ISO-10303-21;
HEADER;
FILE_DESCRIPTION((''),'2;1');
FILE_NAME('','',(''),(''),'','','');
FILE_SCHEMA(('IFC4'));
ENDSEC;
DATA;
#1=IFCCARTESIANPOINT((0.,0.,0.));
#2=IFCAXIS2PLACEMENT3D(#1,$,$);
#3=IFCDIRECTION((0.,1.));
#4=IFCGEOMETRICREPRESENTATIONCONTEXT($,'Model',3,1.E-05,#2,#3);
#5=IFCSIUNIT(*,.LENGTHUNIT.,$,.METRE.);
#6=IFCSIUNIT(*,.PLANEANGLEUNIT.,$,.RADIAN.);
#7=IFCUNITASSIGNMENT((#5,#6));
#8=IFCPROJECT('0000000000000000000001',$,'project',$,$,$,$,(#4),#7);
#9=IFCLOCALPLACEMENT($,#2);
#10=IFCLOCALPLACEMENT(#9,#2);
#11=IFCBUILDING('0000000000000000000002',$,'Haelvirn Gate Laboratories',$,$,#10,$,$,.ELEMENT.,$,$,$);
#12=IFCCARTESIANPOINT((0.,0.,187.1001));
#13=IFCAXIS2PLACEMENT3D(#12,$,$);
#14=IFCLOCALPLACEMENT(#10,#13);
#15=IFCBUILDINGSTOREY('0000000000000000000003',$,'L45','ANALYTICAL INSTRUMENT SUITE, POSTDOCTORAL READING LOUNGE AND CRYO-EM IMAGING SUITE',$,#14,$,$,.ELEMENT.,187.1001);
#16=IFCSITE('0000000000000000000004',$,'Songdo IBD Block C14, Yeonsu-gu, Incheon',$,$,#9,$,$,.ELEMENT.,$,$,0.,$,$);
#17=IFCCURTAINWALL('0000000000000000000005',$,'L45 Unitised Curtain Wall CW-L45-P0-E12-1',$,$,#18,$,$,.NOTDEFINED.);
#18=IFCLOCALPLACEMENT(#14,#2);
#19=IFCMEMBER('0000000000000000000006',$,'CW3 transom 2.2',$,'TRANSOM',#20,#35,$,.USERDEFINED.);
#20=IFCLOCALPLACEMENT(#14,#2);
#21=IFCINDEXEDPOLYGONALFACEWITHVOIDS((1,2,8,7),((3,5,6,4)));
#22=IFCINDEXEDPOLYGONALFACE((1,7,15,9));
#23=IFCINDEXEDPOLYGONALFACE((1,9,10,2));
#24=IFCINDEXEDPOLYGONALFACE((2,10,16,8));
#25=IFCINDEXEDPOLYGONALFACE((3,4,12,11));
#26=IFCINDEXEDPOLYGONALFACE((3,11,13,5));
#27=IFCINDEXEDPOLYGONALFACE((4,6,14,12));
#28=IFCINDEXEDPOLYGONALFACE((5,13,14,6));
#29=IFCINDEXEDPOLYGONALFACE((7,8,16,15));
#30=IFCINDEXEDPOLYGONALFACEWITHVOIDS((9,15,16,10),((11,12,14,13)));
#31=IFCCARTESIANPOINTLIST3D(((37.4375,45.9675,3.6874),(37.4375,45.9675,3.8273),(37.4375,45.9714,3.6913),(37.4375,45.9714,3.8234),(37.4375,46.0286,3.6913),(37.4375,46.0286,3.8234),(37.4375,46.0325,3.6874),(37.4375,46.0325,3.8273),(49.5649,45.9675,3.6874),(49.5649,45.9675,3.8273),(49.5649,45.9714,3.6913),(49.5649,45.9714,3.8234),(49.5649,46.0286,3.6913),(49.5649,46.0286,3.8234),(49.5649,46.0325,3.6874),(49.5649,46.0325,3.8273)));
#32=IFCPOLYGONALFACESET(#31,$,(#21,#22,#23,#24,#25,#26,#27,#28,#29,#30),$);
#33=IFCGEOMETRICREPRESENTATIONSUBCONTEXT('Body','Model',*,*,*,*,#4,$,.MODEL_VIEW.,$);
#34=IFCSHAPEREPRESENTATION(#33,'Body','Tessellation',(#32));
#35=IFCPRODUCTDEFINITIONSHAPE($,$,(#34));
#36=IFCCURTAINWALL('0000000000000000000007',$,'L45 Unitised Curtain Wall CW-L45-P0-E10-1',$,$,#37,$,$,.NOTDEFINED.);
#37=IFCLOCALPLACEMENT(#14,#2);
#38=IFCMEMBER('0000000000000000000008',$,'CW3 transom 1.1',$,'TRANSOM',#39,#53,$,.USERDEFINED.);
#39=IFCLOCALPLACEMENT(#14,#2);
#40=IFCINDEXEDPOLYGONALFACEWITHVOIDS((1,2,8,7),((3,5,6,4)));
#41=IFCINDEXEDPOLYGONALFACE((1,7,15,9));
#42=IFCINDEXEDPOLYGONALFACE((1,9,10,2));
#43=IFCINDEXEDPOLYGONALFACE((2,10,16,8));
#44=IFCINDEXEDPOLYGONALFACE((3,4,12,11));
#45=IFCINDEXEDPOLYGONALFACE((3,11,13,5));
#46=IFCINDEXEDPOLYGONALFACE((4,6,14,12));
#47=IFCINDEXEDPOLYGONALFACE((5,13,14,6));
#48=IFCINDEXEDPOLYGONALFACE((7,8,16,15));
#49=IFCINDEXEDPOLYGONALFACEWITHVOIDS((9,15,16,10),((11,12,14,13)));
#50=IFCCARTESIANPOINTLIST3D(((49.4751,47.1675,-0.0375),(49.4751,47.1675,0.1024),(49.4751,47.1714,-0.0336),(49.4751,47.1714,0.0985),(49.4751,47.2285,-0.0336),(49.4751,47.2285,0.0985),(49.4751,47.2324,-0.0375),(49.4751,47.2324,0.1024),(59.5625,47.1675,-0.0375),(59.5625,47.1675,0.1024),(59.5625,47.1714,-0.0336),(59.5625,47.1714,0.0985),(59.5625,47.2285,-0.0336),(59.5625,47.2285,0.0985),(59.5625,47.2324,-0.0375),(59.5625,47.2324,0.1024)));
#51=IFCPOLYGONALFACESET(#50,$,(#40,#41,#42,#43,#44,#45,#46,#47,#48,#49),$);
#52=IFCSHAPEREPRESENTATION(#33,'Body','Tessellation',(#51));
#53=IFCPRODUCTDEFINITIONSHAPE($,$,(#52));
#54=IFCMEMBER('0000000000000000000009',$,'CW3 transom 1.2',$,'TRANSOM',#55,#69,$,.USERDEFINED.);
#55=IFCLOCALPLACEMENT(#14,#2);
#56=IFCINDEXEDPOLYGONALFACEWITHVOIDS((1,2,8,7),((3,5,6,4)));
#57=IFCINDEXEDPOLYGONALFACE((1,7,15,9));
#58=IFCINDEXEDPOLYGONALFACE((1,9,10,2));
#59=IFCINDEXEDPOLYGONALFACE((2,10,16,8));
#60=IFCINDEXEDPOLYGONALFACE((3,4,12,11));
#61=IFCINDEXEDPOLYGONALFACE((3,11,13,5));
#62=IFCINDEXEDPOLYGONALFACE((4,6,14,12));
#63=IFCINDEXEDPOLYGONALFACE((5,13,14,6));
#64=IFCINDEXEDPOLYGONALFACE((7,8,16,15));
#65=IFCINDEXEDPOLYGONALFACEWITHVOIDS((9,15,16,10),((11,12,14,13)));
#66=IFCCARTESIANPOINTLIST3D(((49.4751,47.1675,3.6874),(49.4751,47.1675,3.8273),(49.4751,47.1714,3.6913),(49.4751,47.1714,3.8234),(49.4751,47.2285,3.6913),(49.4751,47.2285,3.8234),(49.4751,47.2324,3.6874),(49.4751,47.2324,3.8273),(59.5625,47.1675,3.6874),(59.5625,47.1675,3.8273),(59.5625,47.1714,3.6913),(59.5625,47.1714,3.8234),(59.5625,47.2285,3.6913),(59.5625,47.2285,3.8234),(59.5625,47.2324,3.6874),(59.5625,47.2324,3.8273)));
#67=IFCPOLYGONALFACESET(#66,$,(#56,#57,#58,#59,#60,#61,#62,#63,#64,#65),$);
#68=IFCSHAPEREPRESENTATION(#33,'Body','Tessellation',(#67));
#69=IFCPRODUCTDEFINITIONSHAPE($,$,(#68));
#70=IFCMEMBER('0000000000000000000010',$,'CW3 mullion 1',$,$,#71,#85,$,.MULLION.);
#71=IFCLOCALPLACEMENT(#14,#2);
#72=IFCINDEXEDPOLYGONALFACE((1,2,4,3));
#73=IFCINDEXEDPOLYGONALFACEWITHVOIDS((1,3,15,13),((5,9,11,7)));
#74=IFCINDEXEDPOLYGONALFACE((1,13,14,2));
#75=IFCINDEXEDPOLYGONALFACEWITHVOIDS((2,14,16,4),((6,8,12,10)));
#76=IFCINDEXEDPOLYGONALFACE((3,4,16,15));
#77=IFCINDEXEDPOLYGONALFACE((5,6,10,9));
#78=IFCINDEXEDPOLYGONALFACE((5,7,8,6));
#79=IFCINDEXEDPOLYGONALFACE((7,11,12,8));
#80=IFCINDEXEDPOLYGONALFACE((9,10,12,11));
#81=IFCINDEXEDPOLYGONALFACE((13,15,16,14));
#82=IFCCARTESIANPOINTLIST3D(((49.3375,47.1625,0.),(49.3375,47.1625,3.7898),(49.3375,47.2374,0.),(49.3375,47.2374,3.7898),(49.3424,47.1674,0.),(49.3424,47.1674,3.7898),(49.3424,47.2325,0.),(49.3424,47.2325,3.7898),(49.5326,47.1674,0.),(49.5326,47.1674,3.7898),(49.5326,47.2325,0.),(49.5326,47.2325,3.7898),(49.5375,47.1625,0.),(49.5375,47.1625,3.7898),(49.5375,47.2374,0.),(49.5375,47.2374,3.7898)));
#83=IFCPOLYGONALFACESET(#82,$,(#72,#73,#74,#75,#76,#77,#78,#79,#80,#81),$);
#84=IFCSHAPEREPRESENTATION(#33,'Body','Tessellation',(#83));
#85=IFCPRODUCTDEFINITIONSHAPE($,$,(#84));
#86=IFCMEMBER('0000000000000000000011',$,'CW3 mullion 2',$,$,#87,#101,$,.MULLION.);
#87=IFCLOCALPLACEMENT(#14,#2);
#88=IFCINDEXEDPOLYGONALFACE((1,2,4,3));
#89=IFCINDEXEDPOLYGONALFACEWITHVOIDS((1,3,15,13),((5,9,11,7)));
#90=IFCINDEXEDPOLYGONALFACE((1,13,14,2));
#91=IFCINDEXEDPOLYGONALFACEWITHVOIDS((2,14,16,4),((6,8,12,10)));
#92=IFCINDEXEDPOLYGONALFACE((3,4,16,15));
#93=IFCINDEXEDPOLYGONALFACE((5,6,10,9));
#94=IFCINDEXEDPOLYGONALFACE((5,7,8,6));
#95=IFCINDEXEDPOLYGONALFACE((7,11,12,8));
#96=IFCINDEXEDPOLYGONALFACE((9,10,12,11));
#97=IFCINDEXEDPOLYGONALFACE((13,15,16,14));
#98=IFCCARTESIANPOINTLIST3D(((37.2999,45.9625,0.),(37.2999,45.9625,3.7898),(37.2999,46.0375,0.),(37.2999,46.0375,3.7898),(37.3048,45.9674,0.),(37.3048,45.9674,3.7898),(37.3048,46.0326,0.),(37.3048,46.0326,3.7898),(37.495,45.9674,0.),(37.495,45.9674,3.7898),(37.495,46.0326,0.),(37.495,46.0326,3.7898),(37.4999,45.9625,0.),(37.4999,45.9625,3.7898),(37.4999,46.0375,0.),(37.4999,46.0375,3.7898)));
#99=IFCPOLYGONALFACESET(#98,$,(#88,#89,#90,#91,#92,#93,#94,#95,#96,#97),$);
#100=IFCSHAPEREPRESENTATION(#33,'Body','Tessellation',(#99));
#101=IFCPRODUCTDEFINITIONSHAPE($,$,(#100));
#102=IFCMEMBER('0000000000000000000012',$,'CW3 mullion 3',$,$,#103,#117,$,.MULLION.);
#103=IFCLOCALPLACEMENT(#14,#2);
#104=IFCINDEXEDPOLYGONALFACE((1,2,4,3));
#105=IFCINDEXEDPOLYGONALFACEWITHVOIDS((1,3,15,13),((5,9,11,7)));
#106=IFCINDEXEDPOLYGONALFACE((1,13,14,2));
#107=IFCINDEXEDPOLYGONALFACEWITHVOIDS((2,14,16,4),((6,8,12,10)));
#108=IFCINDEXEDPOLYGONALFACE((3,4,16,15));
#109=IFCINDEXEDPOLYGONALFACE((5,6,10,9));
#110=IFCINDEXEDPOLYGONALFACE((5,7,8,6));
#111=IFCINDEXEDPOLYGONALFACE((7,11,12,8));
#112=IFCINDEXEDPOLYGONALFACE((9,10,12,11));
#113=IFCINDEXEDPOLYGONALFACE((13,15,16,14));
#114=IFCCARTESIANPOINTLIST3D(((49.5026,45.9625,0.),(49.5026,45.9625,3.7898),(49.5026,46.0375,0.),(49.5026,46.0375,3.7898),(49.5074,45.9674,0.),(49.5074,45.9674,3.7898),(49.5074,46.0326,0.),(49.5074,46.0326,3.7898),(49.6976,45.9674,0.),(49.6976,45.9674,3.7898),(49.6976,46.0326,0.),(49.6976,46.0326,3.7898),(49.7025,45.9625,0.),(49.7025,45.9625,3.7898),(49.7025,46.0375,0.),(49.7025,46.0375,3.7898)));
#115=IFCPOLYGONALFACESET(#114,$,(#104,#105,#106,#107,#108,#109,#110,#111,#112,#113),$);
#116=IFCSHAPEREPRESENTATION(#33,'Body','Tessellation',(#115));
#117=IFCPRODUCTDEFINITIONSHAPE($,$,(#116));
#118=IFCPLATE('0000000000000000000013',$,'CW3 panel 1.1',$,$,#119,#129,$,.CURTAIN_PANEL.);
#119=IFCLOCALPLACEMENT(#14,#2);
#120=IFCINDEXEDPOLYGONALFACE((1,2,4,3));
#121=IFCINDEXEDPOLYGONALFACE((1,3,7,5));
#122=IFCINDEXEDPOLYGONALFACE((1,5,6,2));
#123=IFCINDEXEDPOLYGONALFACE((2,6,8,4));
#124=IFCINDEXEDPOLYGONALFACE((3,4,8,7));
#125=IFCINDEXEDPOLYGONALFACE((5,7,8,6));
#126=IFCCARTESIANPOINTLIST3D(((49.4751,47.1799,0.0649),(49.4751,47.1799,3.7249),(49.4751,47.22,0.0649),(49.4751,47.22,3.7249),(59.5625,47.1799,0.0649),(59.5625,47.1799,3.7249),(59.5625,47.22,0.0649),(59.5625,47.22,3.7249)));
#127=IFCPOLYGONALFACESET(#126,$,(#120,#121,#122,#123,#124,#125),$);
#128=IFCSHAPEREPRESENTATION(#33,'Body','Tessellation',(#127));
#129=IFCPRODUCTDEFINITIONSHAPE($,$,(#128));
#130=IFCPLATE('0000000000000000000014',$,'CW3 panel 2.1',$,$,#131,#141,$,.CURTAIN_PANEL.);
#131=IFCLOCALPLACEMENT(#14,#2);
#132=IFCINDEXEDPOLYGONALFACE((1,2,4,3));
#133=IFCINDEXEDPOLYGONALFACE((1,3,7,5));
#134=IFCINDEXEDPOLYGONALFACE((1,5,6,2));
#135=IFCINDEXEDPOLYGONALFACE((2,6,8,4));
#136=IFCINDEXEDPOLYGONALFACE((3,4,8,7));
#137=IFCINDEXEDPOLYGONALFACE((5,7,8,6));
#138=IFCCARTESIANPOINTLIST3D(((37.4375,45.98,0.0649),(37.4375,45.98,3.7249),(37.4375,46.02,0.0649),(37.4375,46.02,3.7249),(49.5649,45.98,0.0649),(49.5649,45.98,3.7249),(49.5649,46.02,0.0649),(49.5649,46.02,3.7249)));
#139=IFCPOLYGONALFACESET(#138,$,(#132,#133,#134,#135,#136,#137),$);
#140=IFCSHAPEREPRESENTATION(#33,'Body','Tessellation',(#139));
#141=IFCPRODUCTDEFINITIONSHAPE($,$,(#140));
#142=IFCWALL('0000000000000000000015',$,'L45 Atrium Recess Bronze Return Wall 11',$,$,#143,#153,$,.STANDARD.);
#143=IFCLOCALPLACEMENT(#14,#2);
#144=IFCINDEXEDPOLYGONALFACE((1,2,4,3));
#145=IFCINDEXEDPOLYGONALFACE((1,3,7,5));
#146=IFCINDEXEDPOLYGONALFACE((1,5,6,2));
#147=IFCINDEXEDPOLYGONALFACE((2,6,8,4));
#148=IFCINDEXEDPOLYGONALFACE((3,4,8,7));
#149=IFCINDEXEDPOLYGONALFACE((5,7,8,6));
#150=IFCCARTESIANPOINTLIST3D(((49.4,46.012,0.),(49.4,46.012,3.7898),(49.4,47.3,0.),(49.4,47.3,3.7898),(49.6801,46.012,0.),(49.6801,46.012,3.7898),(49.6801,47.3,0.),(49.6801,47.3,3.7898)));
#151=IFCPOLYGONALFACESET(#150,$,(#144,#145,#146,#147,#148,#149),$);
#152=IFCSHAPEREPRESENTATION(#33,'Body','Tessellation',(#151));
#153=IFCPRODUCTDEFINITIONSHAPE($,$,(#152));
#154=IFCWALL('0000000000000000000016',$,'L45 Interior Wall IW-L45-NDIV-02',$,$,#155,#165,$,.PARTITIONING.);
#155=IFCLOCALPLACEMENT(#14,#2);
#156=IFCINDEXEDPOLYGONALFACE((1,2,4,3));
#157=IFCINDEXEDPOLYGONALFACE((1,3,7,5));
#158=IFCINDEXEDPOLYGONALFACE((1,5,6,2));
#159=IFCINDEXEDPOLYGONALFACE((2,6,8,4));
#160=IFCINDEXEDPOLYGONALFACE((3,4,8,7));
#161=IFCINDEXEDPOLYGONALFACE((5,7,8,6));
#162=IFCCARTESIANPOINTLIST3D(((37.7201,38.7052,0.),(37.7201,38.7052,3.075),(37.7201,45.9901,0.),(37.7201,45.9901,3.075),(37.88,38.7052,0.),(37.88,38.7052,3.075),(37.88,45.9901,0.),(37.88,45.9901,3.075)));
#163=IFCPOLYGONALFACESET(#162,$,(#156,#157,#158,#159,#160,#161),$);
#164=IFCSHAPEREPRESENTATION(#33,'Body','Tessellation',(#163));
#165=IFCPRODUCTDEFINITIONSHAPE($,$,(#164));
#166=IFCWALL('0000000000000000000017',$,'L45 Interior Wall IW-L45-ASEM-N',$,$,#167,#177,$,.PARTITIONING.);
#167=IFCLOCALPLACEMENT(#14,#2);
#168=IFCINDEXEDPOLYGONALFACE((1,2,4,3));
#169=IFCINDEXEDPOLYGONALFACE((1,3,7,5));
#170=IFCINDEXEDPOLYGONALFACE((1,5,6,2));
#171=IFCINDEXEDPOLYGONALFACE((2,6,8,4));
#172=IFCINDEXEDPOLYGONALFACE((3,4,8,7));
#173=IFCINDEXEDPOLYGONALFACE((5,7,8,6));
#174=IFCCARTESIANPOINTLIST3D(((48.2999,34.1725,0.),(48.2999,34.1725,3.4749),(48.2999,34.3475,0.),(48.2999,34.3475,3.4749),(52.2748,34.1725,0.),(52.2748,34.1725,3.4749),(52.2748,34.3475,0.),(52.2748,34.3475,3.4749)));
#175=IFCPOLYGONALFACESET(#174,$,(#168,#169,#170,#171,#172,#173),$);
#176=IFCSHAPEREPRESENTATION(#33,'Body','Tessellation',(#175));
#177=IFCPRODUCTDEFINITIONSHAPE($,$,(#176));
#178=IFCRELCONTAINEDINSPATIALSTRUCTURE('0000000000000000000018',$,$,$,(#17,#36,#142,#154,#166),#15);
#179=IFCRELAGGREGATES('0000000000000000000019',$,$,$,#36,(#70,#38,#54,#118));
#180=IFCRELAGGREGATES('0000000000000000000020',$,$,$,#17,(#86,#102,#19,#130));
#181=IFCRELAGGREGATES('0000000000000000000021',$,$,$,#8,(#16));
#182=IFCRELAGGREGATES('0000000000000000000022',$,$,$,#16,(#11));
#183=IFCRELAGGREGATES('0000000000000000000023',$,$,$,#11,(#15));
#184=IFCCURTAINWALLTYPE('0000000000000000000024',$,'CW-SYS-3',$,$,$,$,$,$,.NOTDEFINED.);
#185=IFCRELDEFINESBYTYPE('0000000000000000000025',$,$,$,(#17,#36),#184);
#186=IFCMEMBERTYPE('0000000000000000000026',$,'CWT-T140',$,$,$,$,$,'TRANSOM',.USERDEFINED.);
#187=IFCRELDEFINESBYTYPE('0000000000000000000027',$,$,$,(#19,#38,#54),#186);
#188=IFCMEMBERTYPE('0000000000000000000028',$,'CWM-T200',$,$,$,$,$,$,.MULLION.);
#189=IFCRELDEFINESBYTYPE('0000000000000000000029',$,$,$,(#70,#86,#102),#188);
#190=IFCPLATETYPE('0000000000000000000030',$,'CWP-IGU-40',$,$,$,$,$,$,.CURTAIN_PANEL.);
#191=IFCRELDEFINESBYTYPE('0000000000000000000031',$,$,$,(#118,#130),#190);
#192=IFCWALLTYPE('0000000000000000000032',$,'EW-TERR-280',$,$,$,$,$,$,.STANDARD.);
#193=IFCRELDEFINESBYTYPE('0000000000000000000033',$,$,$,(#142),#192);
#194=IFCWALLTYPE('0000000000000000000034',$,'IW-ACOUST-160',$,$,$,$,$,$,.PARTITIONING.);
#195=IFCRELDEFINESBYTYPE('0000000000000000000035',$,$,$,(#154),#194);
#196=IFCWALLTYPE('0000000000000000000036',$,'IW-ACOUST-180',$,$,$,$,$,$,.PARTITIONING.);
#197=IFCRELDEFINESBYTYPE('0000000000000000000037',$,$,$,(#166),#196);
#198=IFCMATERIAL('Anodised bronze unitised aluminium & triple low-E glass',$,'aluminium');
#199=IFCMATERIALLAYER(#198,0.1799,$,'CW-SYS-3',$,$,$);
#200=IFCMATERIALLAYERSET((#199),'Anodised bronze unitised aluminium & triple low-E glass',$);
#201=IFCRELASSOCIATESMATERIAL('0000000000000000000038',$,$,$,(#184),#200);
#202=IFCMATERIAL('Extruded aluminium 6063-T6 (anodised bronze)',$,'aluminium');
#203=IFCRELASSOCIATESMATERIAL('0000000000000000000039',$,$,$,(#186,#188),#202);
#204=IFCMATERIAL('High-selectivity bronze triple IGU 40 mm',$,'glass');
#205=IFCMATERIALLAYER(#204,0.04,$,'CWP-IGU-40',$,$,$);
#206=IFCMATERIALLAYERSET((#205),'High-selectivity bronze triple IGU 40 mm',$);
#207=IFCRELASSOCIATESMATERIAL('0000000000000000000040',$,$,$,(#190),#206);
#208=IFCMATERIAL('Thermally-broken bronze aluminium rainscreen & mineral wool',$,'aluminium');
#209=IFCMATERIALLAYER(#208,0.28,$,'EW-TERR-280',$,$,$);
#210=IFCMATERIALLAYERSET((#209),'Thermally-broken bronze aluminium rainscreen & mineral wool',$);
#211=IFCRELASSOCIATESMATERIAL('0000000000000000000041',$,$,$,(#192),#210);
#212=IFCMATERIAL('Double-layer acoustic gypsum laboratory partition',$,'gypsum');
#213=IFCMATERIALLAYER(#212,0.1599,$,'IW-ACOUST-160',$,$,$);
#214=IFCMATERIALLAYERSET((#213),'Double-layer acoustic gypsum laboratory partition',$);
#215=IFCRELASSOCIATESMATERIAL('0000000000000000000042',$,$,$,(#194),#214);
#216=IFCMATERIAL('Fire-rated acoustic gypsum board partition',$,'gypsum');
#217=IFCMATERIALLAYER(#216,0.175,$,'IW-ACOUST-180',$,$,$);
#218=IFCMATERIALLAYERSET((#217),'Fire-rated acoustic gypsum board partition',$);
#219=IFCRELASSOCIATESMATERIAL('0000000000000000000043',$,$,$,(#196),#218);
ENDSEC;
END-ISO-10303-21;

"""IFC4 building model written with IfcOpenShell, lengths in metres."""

from ifc_helpers import new_model, si_unit, direction, frame, frame_2d, origin, origin_2d, place, context, subcontext, project, spatial, rectangle, hollow_rectangle, extrude, source, transform, mapped, material, layer, layer_set, material_profile, profile_set, type_object, type_shapes, element, aggregate, save


model = new_model("IFC4")

# Units and contexts
model_context = context("Model", 3, precision=1e-05, world=origin(), true_north=direction((0.0, 1.0)))
body_context = subcontext(model_context, "Body", "Model", "MODEL_VIEW")
ifc_project = project(units=[si_unit("LENGTHUNIT", "METRE"), si_unit("PLANEANGLEUNIT", "RADIAN")], contexts=[model_context])

# Site, building, storey
site_placement = place(None, origin())
site = spatial("IfcSite", under=ifc_project, at=site_placement, Name="Songdo IBD Block C14, Yeonsu-gu, Incheon", CompositionType="ELEMENT", RefElevation=0.0)
building_placement = place(site_placement, origin())
building = spatial("IfcBuilding", under=site, at=building_placement, Name="Haelvirn Gate Laboratories", CompositionType="ELEMENT")
storey_placement = place(building_placement, frame((0.0, 0.0, 187.1001)))
storey = spatial("IfcBuildingStorey", under=building, at=storey_placement, Name="L45", Description="ANALYTICAL INSTRUMENT SUITE, POSTDOCTORAL READING LOUNGE AND CRYO-EM IMAGING SUITE", CompositionType="ELEMENT", Elevation=187.1001)

# Curtain walls, members
ifc_material_1 = material(Name="Anodised bronze unitised aluminium & triple low-E glass", Category="aluminium")
ifc_layer_1 = layer(ifc_material_1, 0.1799, Name="CW-SYS-3")
ifc_layer_set_1 = layer_set([ifc_layer_1], Name="Anodised bronze unitised aluminium & triple low-E glass")
curtain_wall_type = type_object("IfcCurtainWallType", Name="CW-SYS-3", PredefinedType="NOTDEFINED", material=ifc_layer_set_1)
curtain_wall_1_placement = place(storey_placement, origin())
curtain_wall_1 = element("IfcCurtainWall", 1, at=curtain_wall_1_placement, inside=storey, type_object=curtain_wall_type, Name="L45 Unitised Curtain Wall CW-L45-P0-E12-1", PredefinedType="NOTDEFINED")
ifc_material_2 = material(Name="Extruded aluminium 6063-T6 (anodised bronze)", Category="aluminium")
ifc_material_profile_1 = material_profile(ifc_material_2, hollow_rectangle(XDim=0.0649, YDim=0.1399, WallThickness=0.0039, at=origin_2d()), Name="CWT-140x65x4")
ifc_profile_set_1 = profile_set([ifc_material_profile_1], Name="Extruded aluminium 6063-T6 (anodised bronze)")
member_type_1 = type_object("IfcMemberType", Name="CWT-T140", ElementType="TRANSOM", PredefinedType="USERDEFINED", material=ifc_profile_set_1)
shared_shape_1 = source(origin(), body_context, "Body", "SweptSolid", [
    extrude(hollow_rectangle(XDim=0.0649, YDim=0.1399, WallThickness=0.0039, at=origin_2d()), origin(), (0.0, 0.0, 1.0), 12.1274),
])
member_1_placement = place(storey_placement, frame((37.4375, 46.0, 3.7573), z_axis=(1.0, 0.0, 0.0), x_axis=(0.0, 1.0, 0.0)))
member_1 = element("IfcMember", 2, at=member_1_placement, type_object=member_type_1, Name="CW3 transom 2.2", ObjectType="TRANSOM", PredefinedType="USERDEFINED", context=body_context, shape_type="MappedRepresentation", body=[
    mapped(shared_shape_1, transform((0.0, 0.0, 0.0), scale=1.0)),
])
curtain_wall_2_placement = place(storey_placement, origin())
curtain_wall_2 = element("IfcCurtainWall", 3, at=curtain_wall_2_placement, inside=storey, type_object=curtain_wall_type, Name="L45 Unitised Curtain Wall CW-L45-P0-E10-1", PredefinedType="NOTDEFINED")
shared_shape_2 = source(origin(), body_context, "Body", "SweptSolid", [
    extrude(hollow_rectangle(XDim=0.0649, YDim=0.1399, WallThickness=0.0039, at=origin_2d()), origin(), (0.0, 0.0, 1.0), 10.0874),
])
type_shapes(member_type_1, [shared_shape_1, shared_shape_2])
member_2_placement = place(storey_placement, frame((49.4751, 47.2, 0.0325), z_axis=(1.0, 0.0, 0.0), x_axis=(0.0, 1.0, 0.0)))
member_2 = element("IfcMember", 4, at=member_2_placement, type_object=member_type_1, Name="CW3 transom 1.1", ObjectType="TRANSOM", PredefinedType="USERDEFINED", context=body_context, shape_type="MappedRepresentation", body=[
    mapped(shared_shape_2, transform((0.0, 0.0, 0.0), scale=1.0)),
])
member_3_placement = place(storey_placement, frame((49.4751, 47.2, 3.7573), z_axis=(1.0, 0.0, 0.0), x_axis=(0.0, 1.0, 0.0)))
member_3 = element("IfcMember", 5, at=member_3_placement, type_object=member_type_1, Name="CW3 transom 1.2", ObjectType="TRANSOM", PredefinedType="USERDEFINED", context=body_context, shape_type="MappedRepresentation", body=[
    mapped(shared_shape_2, transform((0.0, 0.0, 0.0), scale=1.0)),
])
ifc_material_profile_2 = material_profile(ifc_material_2, hollow_rectangle(XDim=0.075, YDim=0.2, WallThickness=0.0049, at=origin_2d()), Name="CWM-200x75x5")
ifc_profile_set_2 = profile_set([ifc_material_profile_2], Name="Extruded aluminium 6063-T6 (anodised bronze)")
member_type_2 = type_object("IfcMemberType", Name="CWM-T200", PredefinedType="MULLION", material=ifc_profile_set_2)
shared_shape_3 = source(origin(), body_context, "Body", "SweptSolid", [
    extrude(hollow_rectangle(XDim=0.075, YDim=0.2, WallThickness=0.0049, at=origin_2d()), origin(), (0.0, 0.0, 1.0), 3.7898),
])
type_shapes(member_type_2, [shared_shape_3])
member_4_placement = place(storey_placement, frame((49.4375, 47.2, 0.0), z_axis=(0.0, 0.0, 1.0), x_axis=(0.0, 1.0, 0.0)))
member_4 = element("IfcMember", 6, at=member_4_placement, type_object=member_type_2, Name="CW3 mullion 1", PredefinedType="MULLION", context=body_context, shape_type="MappedRepresentation", body=[
    mapped(shared_shape_3, transform((0.0, 0.0, 0.0), scale=1.0)),
])

# Members
member_5_placement = place(storey_placement, frame((37.3999, 46.0, 0.0), z_axis=(0.0, 0.0, 1.0), x_axis=(0.0, 1.0, 0.0)))
member_5 = element("IfcMember", 7, at=member_5_placement, type_object=member_type_2, Name="CW3 mullion 2", PredefinedType="MULLION", context=body_context, shape_type="MappedRepresentation", body=[
    mapped(shared_shape_3, transform((0.0, 0.0, 0.0), scale=1.0)),
])
member_6_placement = place(storey_placement, frame((49.6025, 46.0, 0.0), z_axis=(0.0, 0.0, 1.0), x_axis=(0.0, 1.0, 0.0)))
member_6 = element("IfcMember", 8, at=member_6_placement, type_object=member_type_2, Name="CW3 mullion 3", PredefinedType="MULLION", context=body_context, shape_type="MappedRepresentation", body=[
    mapped(shared_shape_3, transform((0.0, 0.0, 0.0), scale=1.0)),
])

# Plates
ifc_material_3 = material(Name="High-selectivity bronze triple IGU 40 mm", Category="glass")
ifc_layer_2 = layer(ifc_material_3, 0.04, Name="CWP-IGU-40")
ifc_layer_set_2 = layer_set([ifc_layer_2], Name="High-selectivity bronze triple IGU 40 mm")
plate_type = type_object("IfcPlateType", Name="CWP-IGU-40", PredefinedType="CURTAIN_PANEL", material=ifc_layer_set_2)
shared_shape_4 = source(origin(), body_context, "Body", "SweptSolid", [
    extrude(rectangle(XDim=10.0874, YDim=0.04, at=origin_2d()), origin(), (0.0, 0.0, 1.0), 3.6599),
])
plate_1_placement = place(storey_placement, frame((54.5188, 47.2, 0.0649), z_axis=(0.0, 0.0, 1.0), x_axis=(1.0, 0.0, 0.0)))
plate_1 = element("IfcPlate", 9, at=plate_1_placement, type_object=plate_type, Name="CW3 panel 1.1", PredefinedType="CURTAIN_PANEL", context=body_context, shape_type="MappedRepresentation", body=[
    mapped(shared_shape_4, transform((0.0, 0.0, 0.0), scale=1.0)),
])
aggregate(curtain_wall_2, [member_4, member_2, member_3, plate_1])
shared_shape_5 = source(origin(), body_context, "Body", "SweptSolid", [
    extrude(rectangle(XDim=12.1274, YDim=0.04, at=origin_2d()), origin(), (0.0, 0.0, 1.0), 3.6599),
])
type_shapes(plate_type, [shared_shape_4, shared_shape_5])
plate_2_placement = place(storey_placement, frame((43.5012, 46.0, 0.0649), z_axis=(0.0, 0.0, 1.0), x_axis=(1.0, 0.0, 0.0)))
plate_2 = element("IfcPlate", 10, at=plate_2_placement, type_object=plate_type, Name="CW3 panel 2.1", PredefinedType="CURTAIN_PANEL", context=body_context, shape_type="MappedRepresentation", body=[
    mapped(shared_shape_5, transform((0.0, 0.0, 0.0), scale=1.0)),
])
aggregate(curtain_wall_1, [member_5, member_6, member_1, plate_2])

# Walls
ifc_material_4 = material(Name="Thermally-broken bronze aluminium rainscreen & mineral wool", Category="aluminium")
ifc_layer_3 = layer(ifc_material_4, 0.28, Name="EW-TERR-280")
ifc_layer_set_3 = layer_set([ifc_layer_3], Name="Thermally-broken bronze aluminium rainscreen & mineral wool")
wall_type_1 = type_object("IfcWallType", Name="EW-TERR-280", PredefinedType="STANDARD", material=ifc_layer_set_3)
wall_1_placement = place(storey_placement, frame((49.54, 47.3, 0.0), z_axis=(0.0, 0.0, 1.0), x_axis=(0.0, -1.0, 0.0)))
element("IfcWall", 11, at=wall_1_placement, inside=storey, type_object=wall_type_1, Name="L45 Atrium Recess Bronze Return Wall 11", PredefinedType="STANDARD", context=body_context, shape_type="SweptSolid", body=[
    extrude(rectangle(XDim=1.2881, YDim=0.28, at=frame_2d((0.644, 0.0))), origin(), (0.0, 0.0, 1.0), 3.7898),
])
ifc_material_5 = material(Name="Double-layer acoustic gypsum laboratory partition", Category="gypsum")
ifc_layer_4 = layer(ifc_material_5, 0.1599, Name="IW-ACOUST-160")
ifc_layer_set_4 = layer_set([ifc_layer_4], Name="Double-layer acoustic gypsum laboratory partition")
wall_type_2 = type_object("IfcWallType", Name="IW-ACOUST-160", PredefinedType="PARTITIONING", material=ifc_layer_set_4)
wall_2_placement = place(storey_placement, frame((37.8, 38.7051, 0.0), z_axis=(0.0, 0.0, 1.0), x_axis=(0.0, 1.0, 0.0)))
element("IfcWall", 12, at=wall_2_placement, inside=storey, type_object=wall_type_2, Name="L45 Interior Wall IW-L45-NDIV-02", PredefinedType="PARTITIONING", context=body_context, shape_type="SweptSolid", body=[
    extrude(rectangle(XDim=7.2849, YDim=0.1599, at=frame_2d((3.6426, 0.0))), origin(), (0.0, 0.0, 1.0), 3.075),
])
ifc_material_6 = material(Name="Fire-rated acoustic gypsum board partition", Category="gypsum")
ifc_layer_5 = layer(ifc_material_6, 0.175, Name="IW-ACOUST-180")
ifc_layer_set_5 = layer_set([ifc_layer_5], Name="Fire-rated acoustic gypsum board partition")
wall_type_3 = type_object("IfcWallType", Name="IW-ACOUST-180", PredefinedType="PARTITIONING", material=ifc_layer_set_5)
wall_3_placement = place(storey_placement, frame((48.3, 34.26, 0.0), z_axis=(0.0, 0.0, 1.0), x_axis=(1.0, 0.0, 0.0)))
element("IfcWall", 13, at=wall_3_placement, inside=storey, type_object=wall_type_3, Name="L45 Interior Wall IW-L45-ASEM-N", PredefinedType="PARTITIONING", context=body_context, shape_type="SweptSolid", body=[
    extrude(rectangle(XDim=3.9749, YDim=0.175, at=frame_2d((1.9873, 0.0))), origin(), (0.0, 0.0, 1.0), 3.4749),
])

save(model, "model.ifc")
